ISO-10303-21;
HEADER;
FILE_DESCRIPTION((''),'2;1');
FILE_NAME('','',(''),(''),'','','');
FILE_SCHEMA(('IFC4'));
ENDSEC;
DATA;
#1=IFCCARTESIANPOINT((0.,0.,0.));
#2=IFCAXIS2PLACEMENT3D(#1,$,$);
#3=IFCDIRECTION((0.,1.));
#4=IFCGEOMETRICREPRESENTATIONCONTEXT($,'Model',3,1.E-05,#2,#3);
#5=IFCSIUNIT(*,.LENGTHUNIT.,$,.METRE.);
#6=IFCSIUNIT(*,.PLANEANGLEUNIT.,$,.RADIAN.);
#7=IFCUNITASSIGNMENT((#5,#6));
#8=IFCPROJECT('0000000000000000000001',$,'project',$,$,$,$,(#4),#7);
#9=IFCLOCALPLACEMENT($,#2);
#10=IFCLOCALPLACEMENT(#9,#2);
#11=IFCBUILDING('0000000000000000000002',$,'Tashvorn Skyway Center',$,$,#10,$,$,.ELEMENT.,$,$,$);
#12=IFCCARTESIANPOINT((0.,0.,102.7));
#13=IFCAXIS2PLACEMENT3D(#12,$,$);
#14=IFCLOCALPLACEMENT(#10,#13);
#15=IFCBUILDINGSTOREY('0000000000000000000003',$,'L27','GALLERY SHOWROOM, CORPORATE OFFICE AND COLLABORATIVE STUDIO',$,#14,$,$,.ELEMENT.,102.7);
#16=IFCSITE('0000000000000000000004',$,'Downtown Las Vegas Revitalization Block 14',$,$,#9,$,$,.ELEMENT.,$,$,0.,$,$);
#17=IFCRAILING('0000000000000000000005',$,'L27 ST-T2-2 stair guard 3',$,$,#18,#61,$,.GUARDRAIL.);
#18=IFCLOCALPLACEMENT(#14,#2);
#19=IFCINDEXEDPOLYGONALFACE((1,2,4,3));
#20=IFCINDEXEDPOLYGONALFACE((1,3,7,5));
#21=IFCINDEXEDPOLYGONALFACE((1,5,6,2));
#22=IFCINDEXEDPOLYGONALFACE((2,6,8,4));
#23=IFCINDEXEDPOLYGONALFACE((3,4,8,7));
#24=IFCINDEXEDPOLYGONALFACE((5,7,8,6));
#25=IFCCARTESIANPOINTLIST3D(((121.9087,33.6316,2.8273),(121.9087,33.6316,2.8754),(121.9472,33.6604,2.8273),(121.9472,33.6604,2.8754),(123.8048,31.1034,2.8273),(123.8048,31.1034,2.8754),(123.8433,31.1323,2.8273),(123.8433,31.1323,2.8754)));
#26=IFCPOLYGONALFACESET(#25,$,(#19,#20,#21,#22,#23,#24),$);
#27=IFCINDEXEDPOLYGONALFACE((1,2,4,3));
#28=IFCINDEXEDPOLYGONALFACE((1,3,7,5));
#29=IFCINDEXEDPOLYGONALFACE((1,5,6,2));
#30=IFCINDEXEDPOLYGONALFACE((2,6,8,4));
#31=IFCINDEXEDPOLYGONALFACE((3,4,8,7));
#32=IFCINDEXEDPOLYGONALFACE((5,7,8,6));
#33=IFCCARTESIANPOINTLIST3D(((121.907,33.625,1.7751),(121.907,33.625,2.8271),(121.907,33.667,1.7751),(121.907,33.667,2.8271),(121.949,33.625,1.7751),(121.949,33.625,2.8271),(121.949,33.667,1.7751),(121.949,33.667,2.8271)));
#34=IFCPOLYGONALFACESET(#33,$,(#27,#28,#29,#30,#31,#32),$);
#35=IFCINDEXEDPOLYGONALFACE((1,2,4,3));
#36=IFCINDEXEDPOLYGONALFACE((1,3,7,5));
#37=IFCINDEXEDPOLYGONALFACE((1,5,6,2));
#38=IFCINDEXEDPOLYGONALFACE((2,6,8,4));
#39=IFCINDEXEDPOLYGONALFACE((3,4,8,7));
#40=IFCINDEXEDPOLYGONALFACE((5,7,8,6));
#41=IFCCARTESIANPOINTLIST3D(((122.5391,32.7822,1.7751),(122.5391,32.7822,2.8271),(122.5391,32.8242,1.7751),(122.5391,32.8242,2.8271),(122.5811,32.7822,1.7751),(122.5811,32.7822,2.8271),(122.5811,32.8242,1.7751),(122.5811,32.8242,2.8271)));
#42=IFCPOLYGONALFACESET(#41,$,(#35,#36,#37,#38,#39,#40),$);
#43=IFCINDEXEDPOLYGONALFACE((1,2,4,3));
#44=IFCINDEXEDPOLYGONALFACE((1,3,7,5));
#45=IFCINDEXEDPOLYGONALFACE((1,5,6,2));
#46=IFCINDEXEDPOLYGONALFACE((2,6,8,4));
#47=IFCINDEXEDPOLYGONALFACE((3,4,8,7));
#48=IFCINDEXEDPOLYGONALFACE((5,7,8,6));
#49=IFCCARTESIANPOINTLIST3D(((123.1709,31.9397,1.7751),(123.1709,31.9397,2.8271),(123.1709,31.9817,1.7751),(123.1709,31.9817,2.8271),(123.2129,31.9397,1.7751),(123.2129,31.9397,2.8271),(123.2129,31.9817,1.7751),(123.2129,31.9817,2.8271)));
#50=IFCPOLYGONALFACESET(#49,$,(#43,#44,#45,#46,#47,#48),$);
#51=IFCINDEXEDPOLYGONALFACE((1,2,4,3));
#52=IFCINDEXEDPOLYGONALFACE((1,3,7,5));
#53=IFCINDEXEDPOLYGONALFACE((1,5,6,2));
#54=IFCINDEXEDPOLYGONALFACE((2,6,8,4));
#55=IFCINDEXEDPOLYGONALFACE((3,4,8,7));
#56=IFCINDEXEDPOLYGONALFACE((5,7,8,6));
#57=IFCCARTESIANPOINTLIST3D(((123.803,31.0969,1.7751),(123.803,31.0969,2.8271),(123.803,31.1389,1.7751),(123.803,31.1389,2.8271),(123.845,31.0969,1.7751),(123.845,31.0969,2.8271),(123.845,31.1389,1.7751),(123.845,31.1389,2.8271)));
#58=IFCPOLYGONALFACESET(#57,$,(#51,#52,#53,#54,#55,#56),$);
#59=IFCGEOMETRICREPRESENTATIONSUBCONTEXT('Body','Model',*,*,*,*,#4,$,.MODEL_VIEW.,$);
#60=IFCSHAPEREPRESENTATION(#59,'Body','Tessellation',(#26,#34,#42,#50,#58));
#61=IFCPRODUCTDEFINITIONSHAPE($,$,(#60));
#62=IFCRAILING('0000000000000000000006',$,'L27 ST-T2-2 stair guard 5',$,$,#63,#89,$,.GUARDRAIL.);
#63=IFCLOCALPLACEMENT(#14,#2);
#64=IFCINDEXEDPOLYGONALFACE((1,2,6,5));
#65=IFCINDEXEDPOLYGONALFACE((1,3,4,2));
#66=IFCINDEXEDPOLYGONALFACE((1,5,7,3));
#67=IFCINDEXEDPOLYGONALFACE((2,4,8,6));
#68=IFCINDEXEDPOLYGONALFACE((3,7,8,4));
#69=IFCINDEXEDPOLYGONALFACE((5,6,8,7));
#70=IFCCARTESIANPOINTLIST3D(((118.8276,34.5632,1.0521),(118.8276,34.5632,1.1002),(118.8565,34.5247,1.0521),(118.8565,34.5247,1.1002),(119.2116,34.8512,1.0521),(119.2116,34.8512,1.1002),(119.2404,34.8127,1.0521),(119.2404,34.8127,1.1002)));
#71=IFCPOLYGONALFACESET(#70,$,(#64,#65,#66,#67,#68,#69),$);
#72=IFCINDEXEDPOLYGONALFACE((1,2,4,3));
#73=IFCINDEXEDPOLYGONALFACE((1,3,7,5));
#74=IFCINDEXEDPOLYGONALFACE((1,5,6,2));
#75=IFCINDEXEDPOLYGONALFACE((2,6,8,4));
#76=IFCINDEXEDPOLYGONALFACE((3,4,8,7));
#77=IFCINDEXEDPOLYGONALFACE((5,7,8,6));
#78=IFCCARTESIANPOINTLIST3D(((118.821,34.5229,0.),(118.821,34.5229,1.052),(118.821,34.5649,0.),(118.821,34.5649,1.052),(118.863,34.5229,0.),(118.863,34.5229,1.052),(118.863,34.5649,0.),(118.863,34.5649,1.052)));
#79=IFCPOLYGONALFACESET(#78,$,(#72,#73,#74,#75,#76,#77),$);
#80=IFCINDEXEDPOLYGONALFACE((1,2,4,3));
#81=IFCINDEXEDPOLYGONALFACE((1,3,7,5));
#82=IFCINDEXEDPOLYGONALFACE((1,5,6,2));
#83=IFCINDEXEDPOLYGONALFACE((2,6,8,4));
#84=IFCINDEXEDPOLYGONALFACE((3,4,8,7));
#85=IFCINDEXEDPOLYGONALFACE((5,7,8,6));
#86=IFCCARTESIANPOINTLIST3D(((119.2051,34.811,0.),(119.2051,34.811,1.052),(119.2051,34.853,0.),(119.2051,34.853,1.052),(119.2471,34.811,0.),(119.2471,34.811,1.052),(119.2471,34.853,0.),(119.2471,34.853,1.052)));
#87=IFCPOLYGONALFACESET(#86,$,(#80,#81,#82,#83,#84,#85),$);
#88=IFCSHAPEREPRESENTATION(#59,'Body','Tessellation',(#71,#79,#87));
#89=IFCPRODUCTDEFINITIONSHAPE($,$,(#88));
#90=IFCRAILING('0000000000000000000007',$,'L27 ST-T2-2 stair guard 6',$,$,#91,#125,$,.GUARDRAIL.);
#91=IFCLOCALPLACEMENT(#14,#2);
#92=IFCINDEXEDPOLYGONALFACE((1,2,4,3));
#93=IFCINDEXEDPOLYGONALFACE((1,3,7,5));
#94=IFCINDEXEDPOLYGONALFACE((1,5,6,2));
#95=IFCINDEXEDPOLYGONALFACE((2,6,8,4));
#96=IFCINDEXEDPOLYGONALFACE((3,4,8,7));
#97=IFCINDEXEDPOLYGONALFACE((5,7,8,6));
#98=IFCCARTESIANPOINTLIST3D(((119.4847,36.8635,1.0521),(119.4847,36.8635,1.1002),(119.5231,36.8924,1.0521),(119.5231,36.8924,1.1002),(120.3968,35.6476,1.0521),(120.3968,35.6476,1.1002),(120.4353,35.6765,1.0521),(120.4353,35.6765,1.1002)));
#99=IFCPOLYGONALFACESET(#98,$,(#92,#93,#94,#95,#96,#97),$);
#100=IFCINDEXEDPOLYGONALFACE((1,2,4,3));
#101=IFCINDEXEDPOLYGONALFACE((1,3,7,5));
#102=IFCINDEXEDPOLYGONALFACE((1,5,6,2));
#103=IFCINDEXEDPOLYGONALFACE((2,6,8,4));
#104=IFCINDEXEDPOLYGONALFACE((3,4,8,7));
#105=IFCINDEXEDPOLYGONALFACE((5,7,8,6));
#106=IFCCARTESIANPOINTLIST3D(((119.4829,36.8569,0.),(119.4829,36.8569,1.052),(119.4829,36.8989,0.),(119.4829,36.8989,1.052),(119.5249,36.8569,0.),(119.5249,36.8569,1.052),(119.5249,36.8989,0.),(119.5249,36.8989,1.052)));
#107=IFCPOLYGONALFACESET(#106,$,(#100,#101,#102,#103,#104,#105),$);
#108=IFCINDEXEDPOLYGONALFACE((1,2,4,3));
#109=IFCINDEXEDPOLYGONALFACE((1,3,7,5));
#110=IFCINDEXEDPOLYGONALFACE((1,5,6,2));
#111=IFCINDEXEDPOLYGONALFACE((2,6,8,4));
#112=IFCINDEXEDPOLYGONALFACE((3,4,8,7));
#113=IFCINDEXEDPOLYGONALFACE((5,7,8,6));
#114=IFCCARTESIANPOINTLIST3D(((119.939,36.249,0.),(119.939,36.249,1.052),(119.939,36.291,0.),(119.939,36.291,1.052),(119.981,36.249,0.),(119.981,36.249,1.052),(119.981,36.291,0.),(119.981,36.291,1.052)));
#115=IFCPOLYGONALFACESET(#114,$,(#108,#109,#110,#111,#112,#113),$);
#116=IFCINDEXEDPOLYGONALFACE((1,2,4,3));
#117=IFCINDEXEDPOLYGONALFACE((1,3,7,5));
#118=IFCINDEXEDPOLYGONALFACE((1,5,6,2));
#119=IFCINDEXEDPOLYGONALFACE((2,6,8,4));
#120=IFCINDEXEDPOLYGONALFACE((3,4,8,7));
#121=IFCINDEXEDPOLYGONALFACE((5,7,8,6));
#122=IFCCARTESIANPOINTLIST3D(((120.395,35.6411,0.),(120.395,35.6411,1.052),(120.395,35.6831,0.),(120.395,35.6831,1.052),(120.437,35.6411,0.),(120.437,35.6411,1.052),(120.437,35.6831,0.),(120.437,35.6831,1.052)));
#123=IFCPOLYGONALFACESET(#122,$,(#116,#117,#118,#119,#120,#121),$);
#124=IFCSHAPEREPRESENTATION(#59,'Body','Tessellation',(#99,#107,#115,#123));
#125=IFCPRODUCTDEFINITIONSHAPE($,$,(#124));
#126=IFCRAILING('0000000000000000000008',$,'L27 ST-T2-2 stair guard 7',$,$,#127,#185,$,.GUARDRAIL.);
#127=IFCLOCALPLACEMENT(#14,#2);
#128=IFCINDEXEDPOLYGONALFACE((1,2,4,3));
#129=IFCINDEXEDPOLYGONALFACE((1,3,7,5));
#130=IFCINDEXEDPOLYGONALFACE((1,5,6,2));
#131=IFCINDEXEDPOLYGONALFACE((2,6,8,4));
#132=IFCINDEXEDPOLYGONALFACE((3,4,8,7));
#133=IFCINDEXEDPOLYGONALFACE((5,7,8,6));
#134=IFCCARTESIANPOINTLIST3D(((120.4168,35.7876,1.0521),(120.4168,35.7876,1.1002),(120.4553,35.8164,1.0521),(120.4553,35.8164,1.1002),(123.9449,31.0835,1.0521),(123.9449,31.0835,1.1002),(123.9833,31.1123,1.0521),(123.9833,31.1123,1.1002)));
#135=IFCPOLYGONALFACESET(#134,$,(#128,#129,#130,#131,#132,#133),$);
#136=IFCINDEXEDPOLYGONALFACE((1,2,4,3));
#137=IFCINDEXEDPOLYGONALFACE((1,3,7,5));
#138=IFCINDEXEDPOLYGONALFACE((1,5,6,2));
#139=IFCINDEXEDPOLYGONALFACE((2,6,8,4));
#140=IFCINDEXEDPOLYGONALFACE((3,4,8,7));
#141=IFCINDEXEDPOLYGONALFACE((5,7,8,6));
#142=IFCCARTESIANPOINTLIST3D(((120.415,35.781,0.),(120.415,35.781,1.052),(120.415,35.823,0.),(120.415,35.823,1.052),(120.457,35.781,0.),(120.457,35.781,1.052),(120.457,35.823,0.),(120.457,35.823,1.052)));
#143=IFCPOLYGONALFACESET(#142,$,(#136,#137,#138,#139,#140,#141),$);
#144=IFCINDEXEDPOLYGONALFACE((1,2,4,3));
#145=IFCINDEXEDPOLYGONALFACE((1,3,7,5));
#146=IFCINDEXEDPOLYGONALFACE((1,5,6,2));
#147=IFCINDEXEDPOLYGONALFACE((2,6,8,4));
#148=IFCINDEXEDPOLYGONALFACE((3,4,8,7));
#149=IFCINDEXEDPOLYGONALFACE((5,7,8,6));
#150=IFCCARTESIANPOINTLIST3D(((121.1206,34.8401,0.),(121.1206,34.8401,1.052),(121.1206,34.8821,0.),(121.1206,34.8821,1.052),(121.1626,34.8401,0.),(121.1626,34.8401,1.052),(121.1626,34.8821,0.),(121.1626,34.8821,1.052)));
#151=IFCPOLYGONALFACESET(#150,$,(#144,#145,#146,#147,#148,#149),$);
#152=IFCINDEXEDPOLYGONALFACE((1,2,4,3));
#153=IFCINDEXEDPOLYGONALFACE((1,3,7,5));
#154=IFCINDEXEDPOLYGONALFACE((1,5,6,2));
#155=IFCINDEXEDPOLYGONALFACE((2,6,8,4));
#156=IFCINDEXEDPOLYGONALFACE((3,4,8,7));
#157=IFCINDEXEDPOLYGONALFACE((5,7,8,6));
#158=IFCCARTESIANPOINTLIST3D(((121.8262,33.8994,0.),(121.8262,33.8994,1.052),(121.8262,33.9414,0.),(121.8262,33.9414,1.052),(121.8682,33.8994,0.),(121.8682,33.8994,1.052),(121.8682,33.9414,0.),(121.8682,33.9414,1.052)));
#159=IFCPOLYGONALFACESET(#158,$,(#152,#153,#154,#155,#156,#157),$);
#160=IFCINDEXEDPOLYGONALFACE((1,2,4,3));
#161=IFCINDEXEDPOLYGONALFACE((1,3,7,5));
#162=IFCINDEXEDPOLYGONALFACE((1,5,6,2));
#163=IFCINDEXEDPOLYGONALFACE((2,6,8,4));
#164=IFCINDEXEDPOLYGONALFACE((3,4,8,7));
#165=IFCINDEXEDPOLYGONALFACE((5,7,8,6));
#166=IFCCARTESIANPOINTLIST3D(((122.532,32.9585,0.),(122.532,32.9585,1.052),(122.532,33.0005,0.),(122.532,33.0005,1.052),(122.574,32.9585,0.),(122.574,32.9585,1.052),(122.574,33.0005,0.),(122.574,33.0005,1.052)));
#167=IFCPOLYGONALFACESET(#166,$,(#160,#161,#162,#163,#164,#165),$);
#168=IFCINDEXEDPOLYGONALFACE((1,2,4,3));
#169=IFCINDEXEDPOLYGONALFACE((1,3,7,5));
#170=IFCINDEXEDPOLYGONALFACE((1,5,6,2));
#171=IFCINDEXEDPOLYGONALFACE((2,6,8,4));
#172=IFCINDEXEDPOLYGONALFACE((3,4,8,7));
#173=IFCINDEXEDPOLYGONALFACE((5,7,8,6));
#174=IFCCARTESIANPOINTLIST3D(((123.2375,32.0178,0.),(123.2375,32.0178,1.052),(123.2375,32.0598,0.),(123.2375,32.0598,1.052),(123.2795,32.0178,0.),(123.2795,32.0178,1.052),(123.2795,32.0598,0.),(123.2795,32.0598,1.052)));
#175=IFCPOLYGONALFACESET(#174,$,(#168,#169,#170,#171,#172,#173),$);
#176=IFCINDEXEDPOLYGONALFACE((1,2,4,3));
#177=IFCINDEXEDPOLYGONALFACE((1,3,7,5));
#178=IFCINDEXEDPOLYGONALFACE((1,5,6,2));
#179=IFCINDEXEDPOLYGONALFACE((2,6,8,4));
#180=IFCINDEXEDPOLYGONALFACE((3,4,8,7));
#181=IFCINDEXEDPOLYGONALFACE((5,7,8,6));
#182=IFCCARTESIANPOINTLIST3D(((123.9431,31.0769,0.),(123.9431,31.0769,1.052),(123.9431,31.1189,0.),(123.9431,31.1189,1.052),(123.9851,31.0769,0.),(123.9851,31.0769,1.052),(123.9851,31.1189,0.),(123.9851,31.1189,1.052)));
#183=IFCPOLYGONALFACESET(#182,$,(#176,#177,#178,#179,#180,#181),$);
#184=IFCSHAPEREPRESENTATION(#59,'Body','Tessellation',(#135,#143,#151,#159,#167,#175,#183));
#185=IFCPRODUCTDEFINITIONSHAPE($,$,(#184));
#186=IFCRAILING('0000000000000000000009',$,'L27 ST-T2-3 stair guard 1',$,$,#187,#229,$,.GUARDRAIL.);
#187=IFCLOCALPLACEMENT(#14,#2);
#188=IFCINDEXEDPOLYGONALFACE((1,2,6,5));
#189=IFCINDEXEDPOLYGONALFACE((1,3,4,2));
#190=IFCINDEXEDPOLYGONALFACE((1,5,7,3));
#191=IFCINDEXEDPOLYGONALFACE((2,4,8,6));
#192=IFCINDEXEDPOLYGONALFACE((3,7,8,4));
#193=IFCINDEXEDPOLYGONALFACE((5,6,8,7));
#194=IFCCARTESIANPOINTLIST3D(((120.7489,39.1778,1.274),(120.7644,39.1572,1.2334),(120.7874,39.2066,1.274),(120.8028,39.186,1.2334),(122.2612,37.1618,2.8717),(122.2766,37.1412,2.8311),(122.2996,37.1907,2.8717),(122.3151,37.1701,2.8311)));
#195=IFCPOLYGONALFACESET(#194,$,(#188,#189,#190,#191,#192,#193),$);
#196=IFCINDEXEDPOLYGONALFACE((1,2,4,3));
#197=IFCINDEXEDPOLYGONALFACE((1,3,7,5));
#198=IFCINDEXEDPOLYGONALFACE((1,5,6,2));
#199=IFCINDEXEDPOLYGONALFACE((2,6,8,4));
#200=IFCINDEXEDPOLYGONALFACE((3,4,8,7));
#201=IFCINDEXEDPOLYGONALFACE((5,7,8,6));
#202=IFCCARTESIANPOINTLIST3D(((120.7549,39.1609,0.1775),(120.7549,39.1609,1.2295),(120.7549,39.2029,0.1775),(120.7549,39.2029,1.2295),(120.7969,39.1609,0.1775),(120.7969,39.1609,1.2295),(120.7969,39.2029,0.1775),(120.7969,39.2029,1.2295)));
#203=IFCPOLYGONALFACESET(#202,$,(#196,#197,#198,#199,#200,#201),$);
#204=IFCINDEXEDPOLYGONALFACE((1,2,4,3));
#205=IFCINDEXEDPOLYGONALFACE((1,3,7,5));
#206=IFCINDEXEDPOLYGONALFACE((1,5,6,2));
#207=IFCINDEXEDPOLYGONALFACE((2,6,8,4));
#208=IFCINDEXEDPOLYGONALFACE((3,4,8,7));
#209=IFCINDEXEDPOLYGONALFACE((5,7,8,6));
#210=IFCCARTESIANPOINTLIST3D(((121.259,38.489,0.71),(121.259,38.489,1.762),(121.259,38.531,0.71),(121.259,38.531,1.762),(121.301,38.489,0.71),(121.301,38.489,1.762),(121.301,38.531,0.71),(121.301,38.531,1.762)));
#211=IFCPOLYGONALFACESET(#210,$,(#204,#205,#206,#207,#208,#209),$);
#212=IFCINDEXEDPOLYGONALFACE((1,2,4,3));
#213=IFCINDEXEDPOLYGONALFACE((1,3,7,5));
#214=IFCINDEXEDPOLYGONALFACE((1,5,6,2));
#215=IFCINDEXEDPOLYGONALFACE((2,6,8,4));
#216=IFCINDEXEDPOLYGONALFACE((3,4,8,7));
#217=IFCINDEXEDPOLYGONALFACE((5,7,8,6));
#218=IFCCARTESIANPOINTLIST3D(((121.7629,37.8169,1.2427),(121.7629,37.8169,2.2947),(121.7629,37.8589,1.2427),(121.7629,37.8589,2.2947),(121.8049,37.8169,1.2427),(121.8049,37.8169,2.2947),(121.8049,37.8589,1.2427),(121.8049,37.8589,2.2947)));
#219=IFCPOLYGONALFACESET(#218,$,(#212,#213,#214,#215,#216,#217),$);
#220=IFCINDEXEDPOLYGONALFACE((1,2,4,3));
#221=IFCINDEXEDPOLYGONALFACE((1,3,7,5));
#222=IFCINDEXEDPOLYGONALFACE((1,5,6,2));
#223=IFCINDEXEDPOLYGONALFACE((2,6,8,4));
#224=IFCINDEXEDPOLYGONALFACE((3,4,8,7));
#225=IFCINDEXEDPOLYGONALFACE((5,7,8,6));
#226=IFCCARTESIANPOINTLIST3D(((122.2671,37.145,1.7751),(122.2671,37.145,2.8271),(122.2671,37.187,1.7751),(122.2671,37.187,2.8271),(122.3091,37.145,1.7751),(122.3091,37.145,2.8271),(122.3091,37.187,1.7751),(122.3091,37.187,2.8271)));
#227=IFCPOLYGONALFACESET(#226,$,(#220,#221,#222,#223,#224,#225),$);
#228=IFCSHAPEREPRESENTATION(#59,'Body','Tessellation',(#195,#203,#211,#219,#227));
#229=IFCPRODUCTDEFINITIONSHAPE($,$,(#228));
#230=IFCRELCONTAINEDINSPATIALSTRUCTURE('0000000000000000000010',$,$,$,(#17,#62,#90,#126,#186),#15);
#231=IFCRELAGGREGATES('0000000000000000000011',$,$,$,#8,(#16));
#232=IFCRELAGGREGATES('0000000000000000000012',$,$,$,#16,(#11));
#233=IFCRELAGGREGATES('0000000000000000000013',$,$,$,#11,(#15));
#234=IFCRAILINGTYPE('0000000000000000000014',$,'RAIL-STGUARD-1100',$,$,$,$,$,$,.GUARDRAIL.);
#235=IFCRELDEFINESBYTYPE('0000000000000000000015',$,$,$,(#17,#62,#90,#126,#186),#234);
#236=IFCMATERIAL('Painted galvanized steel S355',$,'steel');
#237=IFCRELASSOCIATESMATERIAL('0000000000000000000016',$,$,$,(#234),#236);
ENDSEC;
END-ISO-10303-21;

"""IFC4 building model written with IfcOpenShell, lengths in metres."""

from ifc_helpers import new_model, si_unit, direction, frame, origin, origin_2d, place, context, subcontext, project, spatial, rectangle, extrude, material, type_object, element, save


model = new_model("IFC4")

# Units and contexts
model_context = context("Model", 3, precision=1e-05, world=origin(), true_north=direction((0.0, 1.0)))
body_context = subcontext(model_context, "Body", "Model", "MODEL_VIEW")
ifc_project = project(units=[si_unit("LENGTHUNIT", "METRE"), si_unit("PLANEANGLEUNIT", "RADIAN")], contexts=[model_context])

# Site, building, storey
site_placement = place(None, origin())
site = spatial("IfcSite", under=ifc_project, at=site_placement, Name="Downtown Las Vegas Revitalization Block 14", CompositionType="ELEMENT", RefElevation=0.0)
building_placement = place(site_placement, origin())
building = spatial("IfcBuilding", under=site, at=building_placement, Name="Tashvorn Skyway Center", CompositionType="ELEMENT")
storey_placement = place(building_placement, frame((0.0, 0.0, 102.7)))
storey = spatial("IfcBuildingStorey", under=building, at=storey_placement, Name="L27", Description="GALLERY SHOWROOM, CORPORATE OFFICE AND COLLABORATIVE STUDIO", CompositionType="ELEMENT", Elevation=102.7)

# Railings
ifc_material_1 = material(Name="Painted galvanized steel S355", Category="steel")
railing_type_1 = type_object("IfcRailingType", Name="RAIL-STGUARD-1100", PredefinedType="GUARDRAIL", material=ifc_material_1)
railing_1_placement = place(storey_placement, frame((121.928, 33.646, 1.7751)))
element("IfcRailing", 1, at=railing_1_placement, inside=storey, type_object=railing_type_1, Name="L27 ST-T2-2 stair guard 3", PredefinedType="GUARDRAIL", context=body_context, shape_type="SweptSolid", body=[
    extrude(rectangle(XDim=0.0481, YDim=0.0481, at=origin_2d()), frame((0.0, 0.0, 1.0762), z_axis=(0.599988, -0.800009, 0.0), x_axis=(0.800009, 0.599988, 0.0)), (0.0, 0.0, 1.0), 3.1602),
    extrude(rectangle(XDim=0.042, YDim=0.042, at=origin_2d()), origin(), (0.0, 0.0, 1.0), 1.052),
    extrude(rectangle(XDim=0.042, YDim=0.042, at=origin_2d()), frame((0.6321, -0.8428, 0.0)), (0.0, 0.0, 1.0), 1.052),
    extrude(rectangle(XDim=0.042, YDim=0.042, at=origin_2d()), frame((1.2639, -1.6853, 0.0)), (0.0, 0.0, 1.0), 1.052),
    extrude(rectangle(XDim=0.042, YDim=0.042, at=origin_2d()), frame((1.896, -2.5281, 0.0)), (0.0, 0.0, 1.0), 1.052),
])
railing_2_placement = place(storey_placement, frame((118.842, 34.5439, 0.0)))
element("IfcRailing", 2, at=railing_2_placement, inside=storey, type_object=railing_type_1, Name="L27 ST-T2-2 stair guard 5", PredefinedType="GUARDRAIL", context=body_context, shape_type="SweptSolid", body=[
    extrude(rectangle(XDim=0.0481, YDim=0.0481, at=origin_2d()), frame((0.0, 0.0, 1.0762), z_axis=(0.799939, 0.600081, 0.0), x_axis=(-0.600081, 0.799939, 0.0)), (0.0, 0.0, 1.0), 0.48),
    extrude(rectangle(XDim=0.042, YDim=0.042, at=origin_2d()), origin(), (0.0, 0.0, 1.0), 1.052),
    extrude(rectangle(XDim=0.042, YDim=0.042, at=origin_2d()), frame((0.384, 0.2881, 0.0)), (0.0, 0.0, 1.0), 1.052),
])
railing_3_placement = place(storey_placement, frame((119.5039, 36.8779, 0.0)))
element("IfcRailing", 3, at=railing_3_placement, inside=storey, type_object=railing_type_1, Name="L27 ST-T2-2 stair guard 6", PredefinedType="GUARDRAIL", context=body_context, shape_type="SweptSolid", body=[
    extrude(rectangle(XDim=0.0481, YDim=0.0481, at=origin_2d()), frame((0.0, 0.0, 1.0762), z_axis=(0.600103, -0.799923, 0.0), x_axis=(0.799923, 0.600103, 0.0)), (0.0, 0.0, 1.0), 1.52),
    extrude(rectangle(XDim=0.042, YDim=0.042, at=origin_2d()), origin(), (0.0, 0.0, 1.0), 1.052),
    extrude(rectangle(XDim=0.042, YDim=0.042, at=origin_2d()), frame((0.4561, -0.6079, 0.0)), (0.0, 0.0, 1.0), 1.052),
    extrude(rectangle(XDim=0.042, YDim=0.042, at=origin_2d()), frame((0.9121, -1.2158, 0.0)), (0.0, 0.0, 1.0), 1.052),
])
railing_4_placement = place(storey_placement, frame((120.436, 35.802, 0.0)))
element("IfcRailing", 4, at=railing_4_placement, inside=storey, type_object=railing_type_1, Name="L27 ST-T2-2 stair guard 7", PredefinedType="GUARDRAIL", context=body_context, shape_type="SweptSolid", body=[
    extrude(rectangle(XDim=0.0481, YDim=0.0481, at=origin_2d()), frame((0.0, 0.0, 1.0762), z_axis=(0.6, -0.8, 0.0), x_axis=(0.8, 0.6, 0.0)), (0.0, 0.0, 1.0), 5.8801),
    extrude(rectangle(XDim=0.042, YDim=0.042, at=origin_2d()), origin(), (0.0, 0.0, 1.0), 1.052),
    extrude(rectangle(XDim=0.042, YDim=0.042, at=origin_2d()), frame((0.7056, -0.9409, 0.0)), (0.0, 0.0, 1.0), 1.052),
    extrude(rectangle(XDim=0.042, YDim=0.042, at=origin_2d()), frame((1.4111, -1.8816, 0.0)), (0.0, 0.0, 1.0), 1.052),
    extrude(rectangle(XDim=0.042, YDim=0.042, at=origin_2d()), frame((2.1169, -2.8225, 0.0)), (0.0, 0.0, 1.0), 1.052),
    extrude(rectangle(XDim=0.042, YDim=0.042, at=origin_2d()), frame((2.8225, -3.7632, 0.0)), (0.0, 0.0, 1.0), 1.052),
    extrude(rectangle(XDim=0.042, YDim=0.042, at=origin_2d()), frame((3.5281, -4.7041, 0.0)), (0.0, 0.0, 1.0), 1.052),
])
railing_5_placement = place(storey_placement, frame((120.7759, 39.1819, 0.1775)))
element("IfcRailing", 5, at=railing_5_placement, inside=storey, type_object=railing_type_1, Name="L27 ST-T2-3 stair guard 1", PredefinedType="GUARDRAIL", context=body_context, shape_type="SweptSolid", body=[
    extrude(rectangle(XDim=0.0481, YDim=0.0481, at=origin_2d()), frame((0.0, 0.0, 1.0762), z_axis=(0.506807, -0.675607, 0.535445), x_axis=(0.799942, 0.600078, 0.0)), (0.0, 0.0, 1.0), 2.9839),
    extrude(rectangle(XDim=0.042, YDim=0.042, at=origin_2d()), origin(), (0.0, 0.0, 1.0), 1.052),
    extrude(rectangle(XDim=0.042, YDim=0.042, at=origin_2d()), frame((0.5042, -0.6719, 0.5325)), (0.0, 0.0, 1.0), 1.052),
    extrude(rectangle(XDim=0.042, YDim=0.042, at=origin_2d()), frame((1.0081, -1.344, 1.0652)), (0.0, 0.0, 1.0), 1.052),
    extrude(rectangle(XDim=0.042, YDim=0.042, at=origin_2d()), frame((1.5122, -2.0159, 1.5977)), (0.0, 0.0, 1.0), 1.052),
])

save(model, "model.ifc")
